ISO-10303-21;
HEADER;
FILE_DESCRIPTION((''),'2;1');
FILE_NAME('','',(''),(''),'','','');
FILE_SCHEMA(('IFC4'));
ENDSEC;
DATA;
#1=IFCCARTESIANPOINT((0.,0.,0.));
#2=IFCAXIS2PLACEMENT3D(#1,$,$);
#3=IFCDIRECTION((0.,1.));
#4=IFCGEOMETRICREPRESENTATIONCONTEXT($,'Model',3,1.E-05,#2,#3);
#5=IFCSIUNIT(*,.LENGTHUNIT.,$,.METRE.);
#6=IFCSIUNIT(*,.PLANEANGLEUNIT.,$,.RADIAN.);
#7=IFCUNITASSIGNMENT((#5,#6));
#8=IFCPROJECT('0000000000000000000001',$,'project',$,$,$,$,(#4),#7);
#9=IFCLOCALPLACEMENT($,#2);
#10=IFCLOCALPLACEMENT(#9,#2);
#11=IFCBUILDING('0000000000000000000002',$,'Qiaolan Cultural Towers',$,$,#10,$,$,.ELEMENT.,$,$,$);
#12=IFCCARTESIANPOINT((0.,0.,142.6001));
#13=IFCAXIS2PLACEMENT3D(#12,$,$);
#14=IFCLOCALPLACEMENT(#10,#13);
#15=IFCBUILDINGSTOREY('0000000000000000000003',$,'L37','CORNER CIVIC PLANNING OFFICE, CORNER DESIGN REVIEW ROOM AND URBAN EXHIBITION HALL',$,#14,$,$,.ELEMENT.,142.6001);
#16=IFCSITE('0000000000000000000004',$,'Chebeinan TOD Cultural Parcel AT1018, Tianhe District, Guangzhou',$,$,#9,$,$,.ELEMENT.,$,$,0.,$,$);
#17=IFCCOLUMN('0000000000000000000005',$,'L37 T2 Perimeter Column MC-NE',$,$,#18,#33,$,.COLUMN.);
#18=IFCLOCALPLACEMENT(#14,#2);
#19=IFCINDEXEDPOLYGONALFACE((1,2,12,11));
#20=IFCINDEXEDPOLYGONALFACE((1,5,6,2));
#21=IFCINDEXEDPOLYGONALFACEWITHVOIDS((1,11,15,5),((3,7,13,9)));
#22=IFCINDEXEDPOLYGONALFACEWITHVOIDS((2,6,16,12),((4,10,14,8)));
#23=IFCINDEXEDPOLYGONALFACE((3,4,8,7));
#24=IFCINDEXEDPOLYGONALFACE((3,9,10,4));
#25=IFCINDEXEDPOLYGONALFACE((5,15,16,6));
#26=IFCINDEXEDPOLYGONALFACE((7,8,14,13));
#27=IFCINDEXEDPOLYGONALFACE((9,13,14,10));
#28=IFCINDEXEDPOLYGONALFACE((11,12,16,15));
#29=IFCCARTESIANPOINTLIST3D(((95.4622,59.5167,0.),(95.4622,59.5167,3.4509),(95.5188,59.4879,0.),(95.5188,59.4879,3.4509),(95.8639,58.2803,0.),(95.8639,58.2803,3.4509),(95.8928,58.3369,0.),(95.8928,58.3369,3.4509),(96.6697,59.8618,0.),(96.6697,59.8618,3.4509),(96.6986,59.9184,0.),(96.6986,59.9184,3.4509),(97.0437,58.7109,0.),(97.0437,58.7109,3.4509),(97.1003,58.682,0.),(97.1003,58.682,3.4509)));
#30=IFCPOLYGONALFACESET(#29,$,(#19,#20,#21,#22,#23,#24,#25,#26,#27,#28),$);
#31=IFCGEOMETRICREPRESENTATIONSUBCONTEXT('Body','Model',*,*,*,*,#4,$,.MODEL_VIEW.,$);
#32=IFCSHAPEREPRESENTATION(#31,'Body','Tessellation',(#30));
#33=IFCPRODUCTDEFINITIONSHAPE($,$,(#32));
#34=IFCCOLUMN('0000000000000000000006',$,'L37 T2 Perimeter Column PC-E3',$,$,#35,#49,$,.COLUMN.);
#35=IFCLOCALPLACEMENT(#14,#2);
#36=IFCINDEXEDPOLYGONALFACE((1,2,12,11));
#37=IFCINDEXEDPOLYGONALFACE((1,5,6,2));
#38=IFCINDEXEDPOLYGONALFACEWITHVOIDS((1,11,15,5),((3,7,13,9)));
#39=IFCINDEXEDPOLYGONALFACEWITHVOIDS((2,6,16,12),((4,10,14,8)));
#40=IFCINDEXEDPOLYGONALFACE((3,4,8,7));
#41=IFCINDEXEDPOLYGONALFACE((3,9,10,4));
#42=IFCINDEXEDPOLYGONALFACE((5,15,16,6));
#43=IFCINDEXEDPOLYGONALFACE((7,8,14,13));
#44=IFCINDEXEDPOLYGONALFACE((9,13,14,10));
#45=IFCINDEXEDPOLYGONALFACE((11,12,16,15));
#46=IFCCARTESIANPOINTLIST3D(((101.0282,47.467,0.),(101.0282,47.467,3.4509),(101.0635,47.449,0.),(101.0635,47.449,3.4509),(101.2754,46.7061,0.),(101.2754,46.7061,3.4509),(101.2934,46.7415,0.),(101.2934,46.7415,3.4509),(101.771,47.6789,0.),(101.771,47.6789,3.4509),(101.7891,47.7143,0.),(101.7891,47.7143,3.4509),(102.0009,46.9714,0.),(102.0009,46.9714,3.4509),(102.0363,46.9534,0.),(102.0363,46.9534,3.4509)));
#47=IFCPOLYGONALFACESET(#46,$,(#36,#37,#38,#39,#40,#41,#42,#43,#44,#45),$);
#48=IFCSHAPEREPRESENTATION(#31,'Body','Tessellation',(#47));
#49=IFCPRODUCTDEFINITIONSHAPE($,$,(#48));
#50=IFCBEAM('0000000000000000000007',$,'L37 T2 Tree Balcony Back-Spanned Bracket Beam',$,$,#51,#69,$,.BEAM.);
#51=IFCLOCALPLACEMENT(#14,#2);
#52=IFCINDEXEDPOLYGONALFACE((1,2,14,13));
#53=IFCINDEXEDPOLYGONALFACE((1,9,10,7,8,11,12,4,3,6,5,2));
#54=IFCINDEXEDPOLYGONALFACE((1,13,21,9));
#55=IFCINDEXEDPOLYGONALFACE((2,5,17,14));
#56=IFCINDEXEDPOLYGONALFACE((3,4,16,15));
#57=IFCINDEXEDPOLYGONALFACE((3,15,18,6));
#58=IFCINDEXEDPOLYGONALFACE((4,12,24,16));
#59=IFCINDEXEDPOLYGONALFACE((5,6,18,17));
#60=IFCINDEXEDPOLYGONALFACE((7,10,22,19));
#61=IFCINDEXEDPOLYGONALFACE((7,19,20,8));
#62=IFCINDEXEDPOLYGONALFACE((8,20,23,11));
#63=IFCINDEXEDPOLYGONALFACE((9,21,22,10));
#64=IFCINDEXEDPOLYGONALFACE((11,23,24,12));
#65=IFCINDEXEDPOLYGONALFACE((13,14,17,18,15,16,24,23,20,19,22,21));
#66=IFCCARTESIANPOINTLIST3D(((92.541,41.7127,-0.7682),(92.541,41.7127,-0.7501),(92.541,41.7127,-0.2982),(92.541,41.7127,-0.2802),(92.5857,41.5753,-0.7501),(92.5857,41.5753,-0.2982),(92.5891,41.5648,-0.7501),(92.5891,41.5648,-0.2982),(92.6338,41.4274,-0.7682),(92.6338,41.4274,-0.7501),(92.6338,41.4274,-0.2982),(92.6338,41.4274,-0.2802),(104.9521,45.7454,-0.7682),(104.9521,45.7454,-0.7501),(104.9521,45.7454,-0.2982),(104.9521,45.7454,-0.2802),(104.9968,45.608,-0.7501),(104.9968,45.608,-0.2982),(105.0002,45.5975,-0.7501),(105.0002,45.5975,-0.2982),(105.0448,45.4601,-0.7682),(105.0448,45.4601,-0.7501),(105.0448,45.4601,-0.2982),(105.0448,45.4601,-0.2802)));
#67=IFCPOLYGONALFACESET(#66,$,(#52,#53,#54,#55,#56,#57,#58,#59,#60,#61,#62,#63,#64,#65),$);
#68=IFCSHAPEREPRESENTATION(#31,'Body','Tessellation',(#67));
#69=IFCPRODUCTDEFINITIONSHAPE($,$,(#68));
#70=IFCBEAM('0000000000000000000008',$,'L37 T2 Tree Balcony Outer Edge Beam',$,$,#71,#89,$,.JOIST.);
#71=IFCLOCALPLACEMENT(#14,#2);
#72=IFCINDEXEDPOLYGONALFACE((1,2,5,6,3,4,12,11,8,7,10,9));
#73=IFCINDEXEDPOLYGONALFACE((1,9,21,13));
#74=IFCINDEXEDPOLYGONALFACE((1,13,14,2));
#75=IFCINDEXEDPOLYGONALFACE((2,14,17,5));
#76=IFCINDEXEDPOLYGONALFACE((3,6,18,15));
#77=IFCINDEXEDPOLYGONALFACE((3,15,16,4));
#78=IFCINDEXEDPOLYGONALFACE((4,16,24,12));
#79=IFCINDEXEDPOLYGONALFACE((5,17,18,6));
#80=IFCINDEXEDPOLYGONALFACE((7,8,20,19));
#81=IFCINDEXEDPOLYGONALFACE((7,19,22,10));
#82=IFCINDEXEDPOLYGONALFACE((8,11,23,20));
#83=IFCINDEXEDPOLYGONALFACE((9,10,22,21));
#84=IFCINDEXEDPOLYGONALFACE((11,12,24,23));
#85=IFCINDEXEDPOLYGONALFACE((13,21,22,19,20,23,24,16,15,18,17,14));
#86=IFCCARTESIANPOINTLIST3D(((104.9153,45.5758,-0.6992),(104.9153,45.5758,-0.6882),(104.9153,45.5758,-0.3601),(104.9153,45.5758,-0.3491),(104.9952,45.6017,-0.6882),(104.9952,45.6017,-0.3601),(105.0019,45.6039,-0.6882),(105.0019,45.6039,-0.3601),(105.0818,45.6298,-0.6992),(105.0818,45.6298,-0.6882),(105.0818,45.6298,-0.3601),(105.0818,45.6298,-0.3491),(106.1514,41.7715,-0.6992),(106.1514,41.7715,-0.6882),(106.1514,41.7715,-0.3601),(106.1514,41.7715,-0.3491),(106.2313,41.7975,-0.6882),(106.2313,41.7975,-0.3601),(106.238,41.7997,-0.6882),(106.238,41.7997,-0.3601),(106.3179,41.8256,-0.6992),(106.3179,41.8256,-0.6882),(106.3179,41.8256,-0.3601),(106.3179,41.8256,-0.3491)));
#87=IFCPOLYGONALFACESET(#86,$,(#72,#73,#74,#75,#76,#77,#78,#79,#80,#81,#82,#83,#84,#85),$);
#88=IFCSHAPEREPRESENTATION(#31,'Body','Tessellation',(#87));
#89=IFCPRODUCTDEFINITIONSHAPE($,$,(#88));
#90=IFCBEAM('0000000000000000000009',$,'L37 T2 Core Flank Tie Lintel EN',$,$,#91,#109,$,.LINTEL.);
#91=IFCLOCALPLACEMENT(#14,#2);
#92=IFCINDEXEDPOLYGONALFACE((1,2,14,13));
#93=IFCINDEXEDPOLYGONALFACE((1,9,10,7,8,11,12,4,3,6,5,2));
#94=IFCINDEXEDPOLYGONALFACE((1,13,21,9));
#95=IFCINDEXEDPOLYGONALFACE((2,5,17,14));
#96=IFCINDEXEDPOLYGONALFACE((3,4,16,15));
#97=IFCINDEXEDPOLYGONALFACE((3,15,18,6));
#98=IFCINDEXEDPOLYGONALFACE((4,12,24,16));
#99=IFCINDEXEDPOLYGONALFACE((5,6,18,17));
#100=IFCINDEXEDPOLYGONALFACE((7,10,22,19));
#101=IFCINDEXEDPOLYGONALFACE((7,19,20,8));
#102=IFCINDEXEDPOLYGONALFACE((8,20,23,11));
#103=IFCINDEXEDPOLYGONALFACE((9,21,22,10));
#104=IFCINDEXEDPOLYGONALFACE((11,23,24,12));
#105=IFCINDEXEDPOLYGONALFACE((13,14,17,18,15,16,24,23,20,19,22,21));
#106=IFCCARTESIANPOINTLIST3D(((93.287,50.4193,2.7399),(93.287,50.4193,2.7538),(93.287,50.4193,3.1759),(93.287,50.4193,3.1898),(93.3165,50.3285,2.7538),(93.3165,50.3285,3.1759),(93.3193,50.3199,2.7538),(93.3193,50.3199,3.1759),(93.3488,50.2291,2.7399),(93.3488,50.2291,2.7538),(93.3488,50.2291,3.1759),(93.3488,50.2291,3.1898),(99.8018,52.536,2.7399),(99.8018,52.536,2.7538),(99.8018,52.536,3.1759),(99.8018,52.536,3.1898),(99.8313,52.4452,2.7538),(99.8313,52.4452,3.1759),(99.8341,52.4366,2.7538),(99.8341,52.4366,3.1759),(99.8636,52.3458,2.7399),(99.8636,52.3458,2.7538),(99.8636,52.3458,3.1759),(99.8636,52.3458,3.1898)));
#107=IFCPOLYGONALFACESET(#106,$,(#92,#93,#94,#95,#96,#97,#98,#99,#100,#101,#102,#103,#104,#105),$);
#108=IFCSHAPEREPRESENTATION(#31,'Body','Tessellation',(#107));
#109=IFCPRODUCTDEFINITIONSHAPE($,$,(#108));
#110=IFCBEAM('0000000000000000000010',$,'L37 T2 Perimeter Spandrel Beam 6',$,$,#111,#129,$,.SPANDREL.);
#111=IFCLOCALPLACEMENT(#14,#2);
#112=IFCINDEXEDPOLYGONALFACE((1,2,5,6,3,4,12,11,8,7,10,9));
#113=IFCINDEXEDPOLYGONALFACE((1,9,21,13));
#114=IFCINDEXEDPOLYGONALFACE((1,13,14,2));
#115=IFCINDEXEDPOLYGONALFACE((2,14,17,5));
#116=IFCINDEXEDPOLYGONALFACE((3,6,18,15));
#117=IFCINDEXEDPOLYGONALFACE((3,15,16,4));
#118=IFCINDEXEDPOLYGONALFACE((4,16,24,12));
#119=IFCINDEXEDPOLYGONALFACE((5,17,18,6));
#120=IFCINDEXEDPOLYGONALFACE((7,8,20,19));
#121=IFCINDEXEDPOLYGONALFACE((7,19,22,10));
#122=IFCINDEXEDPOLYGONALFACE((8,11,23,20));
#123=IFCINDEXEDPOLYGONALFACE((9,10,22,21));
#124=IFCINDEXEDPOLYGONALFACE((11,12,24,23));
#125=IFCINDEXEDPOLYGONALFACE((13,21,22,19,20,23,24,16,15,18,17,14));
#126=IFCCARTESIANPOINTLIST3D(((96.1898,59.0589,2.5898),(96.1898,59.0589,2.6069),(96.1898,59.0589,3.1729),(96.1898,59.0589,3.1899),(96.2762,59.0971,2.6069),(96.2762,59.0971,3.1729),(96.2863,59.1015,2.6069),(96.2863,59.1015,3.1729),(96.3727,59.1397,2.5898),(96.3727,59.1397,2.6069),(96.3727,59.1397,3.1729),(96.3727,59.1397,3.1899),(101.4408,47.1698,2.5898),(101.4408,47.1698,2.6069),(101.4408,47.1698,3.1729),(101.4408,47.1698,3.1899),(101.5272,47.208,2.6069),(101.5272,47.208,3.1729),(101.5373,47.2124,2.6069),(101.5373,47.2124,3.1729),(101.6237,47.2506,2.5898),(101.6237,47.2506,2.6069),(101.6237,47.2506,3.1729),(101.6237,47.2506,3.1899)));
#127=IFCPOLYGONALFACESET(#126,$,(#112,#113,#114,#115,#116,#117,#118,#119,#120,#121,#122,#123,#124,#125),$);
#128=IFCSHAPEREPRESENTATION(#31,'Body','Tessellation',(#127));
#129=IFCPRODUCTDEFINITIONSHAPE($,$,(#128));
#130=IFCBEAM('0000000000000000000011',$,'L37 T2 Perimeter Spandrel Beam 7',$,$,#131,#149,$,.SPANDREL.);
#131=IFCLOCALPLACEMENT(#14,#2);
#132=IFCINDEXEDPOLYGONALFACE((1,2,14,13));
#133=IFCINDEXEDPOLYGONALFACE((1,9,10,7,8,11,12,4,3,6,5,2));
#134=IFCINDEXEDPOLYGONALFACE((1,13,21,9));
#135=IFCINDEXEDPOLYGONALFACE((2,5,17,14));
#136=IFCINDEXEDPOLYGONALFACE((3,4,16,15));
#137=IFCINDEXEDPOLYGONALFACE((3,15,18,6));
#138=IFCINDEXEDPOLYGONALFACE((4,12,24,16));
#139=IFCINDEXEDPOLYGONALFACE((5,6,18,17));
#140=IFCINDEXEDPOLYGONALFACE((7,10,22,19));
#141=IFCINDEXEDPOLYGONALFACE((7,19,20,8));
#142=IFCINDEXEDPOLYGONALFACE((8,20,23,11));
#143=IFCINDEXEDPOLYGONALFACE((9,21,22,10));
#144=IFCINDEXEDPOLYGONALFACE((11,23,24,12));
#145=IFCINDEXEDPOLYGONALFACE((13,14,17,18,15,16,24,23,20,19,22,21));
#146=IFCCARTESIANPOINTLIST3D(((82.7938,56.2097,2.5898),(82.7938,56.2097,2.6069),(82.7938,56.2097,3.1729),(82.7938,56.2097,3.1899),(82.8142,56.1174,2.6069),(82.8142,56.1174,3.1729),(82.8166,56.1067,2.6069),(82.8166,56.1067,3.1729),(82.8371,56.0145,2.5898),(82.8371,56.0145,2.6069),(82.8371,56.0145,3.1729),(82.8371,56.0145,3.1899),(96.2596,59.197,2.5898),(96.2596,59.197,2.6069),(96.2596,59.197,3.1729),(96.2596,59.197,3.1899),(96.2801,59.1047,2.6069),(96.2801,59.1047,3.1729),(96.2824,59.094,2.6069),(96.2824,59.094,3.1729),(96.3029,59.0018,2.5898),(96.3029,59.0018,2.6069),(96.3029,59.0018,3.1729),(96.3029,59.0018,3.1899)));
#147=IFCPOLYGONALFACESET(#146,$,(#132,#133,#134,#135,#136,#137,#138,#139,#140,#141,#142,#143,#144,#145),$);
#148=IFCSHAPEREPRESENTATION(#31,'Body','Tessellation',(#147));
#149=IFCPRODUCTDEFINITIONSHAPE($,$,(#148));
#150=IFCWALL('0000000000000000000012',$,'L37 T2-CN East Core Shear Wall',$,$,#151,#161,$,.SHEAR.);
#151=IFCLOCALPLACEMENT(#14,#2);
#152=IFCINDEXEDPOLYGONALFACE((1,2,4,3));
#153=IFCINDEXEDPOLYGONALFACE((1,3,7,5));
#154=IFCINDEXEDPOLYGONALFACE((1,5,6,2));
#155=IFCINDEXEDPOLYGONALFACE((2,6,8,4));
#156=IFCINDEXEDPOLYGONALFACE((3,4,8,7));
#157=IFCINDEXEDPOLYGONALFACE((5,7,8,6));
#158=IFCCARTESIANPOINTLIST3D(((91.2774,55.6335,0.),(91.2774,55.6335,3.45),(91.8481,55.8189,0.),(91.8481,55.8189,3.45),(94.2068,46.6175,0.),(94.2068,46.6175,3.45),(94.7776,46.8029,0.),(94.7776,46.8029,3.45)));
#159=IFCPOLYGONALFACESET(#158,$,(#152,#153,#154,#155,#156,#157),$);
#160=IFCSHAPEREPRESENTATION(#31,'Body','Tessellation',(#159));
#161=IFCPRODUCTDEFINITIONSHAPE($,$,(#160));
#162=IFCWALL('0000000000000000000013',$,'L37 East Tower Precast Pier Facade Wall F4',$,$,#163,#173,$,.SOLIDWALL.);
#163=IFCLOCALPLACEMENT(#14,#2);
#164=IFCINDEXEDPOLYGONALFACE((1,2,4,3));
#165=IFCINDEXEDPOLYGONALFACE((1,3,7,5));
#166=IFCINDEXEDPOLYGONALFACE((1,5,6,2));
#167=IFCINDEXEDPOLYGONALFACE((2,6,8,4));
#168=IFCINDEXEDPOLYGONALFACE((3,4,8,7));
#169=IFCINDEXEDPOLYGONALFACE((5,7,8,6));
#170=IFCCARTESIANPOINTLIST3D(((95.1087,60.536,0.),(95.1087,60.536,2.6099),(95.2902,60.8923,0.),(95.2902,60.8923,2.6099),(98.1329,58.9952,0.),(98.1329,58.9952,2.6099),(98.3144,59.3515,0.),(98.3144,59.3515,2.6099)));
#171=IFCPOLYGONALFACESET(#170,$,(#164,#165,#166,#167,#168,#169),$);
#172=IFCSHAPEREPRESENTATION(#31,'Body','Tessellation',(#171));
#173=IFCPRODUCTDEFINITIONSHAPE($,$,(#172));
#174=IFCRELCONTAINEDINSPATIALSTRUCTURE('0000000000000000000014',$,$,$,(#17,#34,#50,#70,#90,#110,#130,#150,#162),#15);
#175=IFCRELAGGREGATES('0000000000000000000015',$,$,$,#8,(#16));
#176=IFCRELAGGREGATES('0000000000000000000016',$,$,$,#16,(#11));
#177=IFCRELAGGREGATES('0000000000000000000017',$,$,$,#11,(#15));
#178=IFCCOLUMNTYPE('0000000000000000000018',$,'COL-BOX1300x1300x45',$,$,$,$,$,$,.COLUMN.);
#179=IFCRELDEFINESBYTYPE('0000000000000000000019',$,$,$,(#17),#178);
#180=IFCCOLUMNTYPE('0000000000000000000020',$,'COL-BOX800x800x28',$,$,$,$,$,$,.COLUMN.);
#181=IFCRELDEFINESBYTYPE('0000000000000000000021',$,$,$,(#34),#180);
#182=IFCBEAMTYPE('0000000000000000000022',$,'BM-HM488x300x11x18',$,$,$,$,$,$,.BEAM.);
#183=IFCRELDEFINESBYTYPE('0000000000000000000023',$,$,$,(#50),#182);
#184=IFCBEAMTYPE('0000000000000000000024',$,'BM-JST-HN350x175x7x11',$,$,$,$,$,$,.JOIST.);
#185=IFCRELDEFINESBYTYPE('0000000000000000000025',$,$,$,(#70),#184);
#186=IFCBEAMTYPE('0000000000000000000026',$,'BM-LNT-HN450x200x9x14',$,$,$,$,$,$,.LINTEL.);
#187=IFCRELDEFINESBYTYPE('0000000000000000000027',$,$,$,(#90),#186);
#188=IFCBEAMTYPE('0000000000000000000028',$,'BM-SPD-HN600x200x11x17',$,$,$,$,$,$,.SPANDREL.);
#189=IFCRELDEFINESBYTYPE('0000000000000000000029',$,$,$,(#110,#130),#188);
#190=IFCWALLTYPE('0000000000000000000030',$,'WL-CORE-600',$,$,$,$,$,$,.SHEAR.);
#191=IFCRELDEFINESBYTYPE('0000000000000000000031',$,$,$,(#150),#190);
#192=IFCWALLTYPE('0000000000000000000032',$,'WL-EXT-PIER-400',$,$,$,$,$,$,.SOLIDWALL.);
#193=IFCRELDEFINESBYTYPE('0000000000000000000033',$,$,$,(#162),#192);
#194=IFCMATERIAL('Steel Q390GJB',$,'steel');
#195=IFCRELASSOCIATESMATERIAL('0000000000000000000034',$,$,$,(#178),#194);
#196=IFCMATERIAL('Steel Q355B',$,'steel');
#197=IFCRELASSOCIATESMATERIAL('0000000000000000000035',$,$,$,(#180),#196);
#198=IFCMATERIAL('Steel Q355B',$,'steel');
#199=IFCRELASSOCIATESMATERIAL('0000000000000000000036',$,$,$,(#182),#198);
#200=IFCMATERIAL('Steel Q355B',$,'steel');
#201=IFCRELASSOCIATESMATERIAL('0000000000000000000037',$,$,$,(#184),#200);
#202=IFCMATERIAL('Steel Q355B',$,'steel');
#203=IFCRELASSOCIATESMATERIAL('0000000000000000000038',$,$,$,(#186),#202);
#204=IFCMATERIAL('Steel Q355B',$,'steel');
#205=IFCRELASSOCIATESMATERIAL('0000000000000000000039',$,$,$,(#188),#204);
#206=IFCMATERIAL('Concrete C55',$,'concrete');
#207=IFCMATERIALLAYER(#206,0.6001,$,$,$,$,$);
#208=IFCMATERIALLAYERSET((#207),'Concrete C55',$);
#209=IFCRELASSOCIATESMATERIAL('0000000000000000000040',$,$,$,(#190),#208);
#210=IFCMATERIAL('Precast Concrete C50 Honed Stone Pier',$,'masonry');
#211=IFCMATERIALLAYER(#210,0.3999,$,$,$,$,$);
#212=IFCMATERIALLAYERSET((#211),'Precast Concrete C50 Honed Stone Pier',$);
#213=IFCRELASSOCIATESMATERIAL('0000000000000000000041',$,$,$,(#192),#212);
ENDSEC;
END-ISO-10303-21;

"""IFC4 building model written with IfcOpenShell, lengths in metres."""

from ifc_helpers import new_model, si_unit, direction, frame, frame_2d, origin, origin_2d, place, context, subcontext, project, spatial, rectangle, hollow_rectangle, i_section, extrude, material, layer, layer_set, material_profile, profile_set, type_object, element, save


model = new_model("IFC4")

# Units and contexts
model_context = context("Model", 3, precision=1e-05, world=origin(), true_north=direction((0.0, 1.0)))
body_context = subcontext(model_context, "Body", "Model", "MODEL_VIEW")
ifc_project = project(units=[si_unit("LENGTHUNIT", "METRE"), si_unit("PLANEANGLEUNIT", "RADIAN")], contexts=[model_context])

# Site, building, storey
site_placement = place(None, origin())
site = spatial("IfcSite", under=ifc_project, at=site_placement, Name="Chebeinan TOD Cultural Parcel AT1018, Tianhe District, Guangzhou", CompositionType="ELEMENT", RefElevation=0.0)
building_placement = place(site_placement, origin())
building = spatial("IfcBuilding", under=site, at=building_placement, Name="Qiaolan Cultural Towers", CompositionType="ELEMENT")
storey_placement = place(building_placement, frame((0.0, 0.0, 142.6001)))
storey = spatial("IfcBuildingStorey", under=building, at=storey_placement, Name="L37", Description="CORNER CIVIC PLANNING OFFICE, CORNER DESIGN REVIEW ROOM AND URBAN EXHIBITION HALL", CompositionType="ELEMENT", Elevation=142.6001)

# Columns
ifc_material_1 = material(Name="Steel Q390GJB", Category="steel")
ifc_material_profile_1 = material_profile(ifc_material_1, hollow_rectangle(XDim=1.3, YDim=1.3, WallThickness=0.0449, at=origin_2d()), Name="BOX1300x1300x45")
ifc_profile_set_1 = profile_set([ifc_material_profile_1], Name="Steel Q390GJB")
column_type_1 = type_object("IfcColumnType", Name="COL-BOX1300x1300x45", PredefinedType="COLUMN", material=ifc_profile_set_1)
column_1_placement = place(storey_placement, frame((96.2812, 59.0994, 0.0), z_axis=(0.0, 0.0, 1.0), x_axis=(0.951057, 0.309017, 0.0)))
element("IfcColumn", 1, at=column_1_placement, inside=storey, type_object=column_type_1, Name="L37 T2 Perimeter Column MC-NE", PredefinedType="COLUMN", context=body_context, shape_type="SweptSolid", body=[
    extrude(hollow_rectangle(XDim=1.3, YDim=1.3, WallThickness=0.0449, at=origin_2d()), origin(), (0.0, 0.0, 1.0), 3.4509),
])
ifc_material_2 = material(Name="Steel Q355B", Category="steel")
ifc_material_profile_2 = material_profile(ifc_material_2, hollow_rectangle(XDim=0.8, YDim=0.8, WallThickness=0.0281, at=origin_2d()), Name="BOX800x800x28")
ifc_profile_set_2 = profile_set([ifc_material_profile_2], Name="Steel Q355B")
column_type_2 = type_object("IfcColumnType", Name="COL-BOX800x800x28", PredefinedType="COLUMN", material=ifc_profile_set_2)
column_2_placement = place(storey_placement, frame((101.5322, 47.2102, 0.0), z_axis=(0.0, 0.0, 1.0), x_axis=(0.951057, 0.309017, 0.0)))
element("IfcColumn", 2, at=column_2_placement, inside=storey, type_object=column_type_2, Name="L37 T2 Perimeter Column PC-E3", PredefinedType="COLUMN", context=body_context, shape_type="SweptSolid", body=[
    extrude(hollow_rectangle(XDim=0.8, YDim=0.8, WallThickness=0.0281, at=origin_2d()), origin(), (0.0, 0.0, 1.0), 3.4509),
])

# Beams
ifc_material_3 = material(Name="Steel Q355B", Category="steel")
ifc_material_profile_3 = material_profile(ifc_material_3, i_section(OverallWidth=0.3, OverallDepth=0.488, WebThickness=0.011, FlangeThickness=0.0181, at=origin_2d()), Name="HM488x300x11x18")
ifc_profile_set_3 = profile_set([ifc_material_profile_3], Name="Steel Q355B")
beam_type_1 = type_object("IfcBeamType", Name="BM-HM488x300x11x18", PredefinedType="BEAM", material=ifc_profile_set_3)
beam_1_placement = place(storey_placement, frame((92.5874, 41.5701, -0.5242), z_axis=(0.951054, 0.309023, 0.0), x_axis=(-0.309023, 0.951054, 0.0)))
element("IfcBeam", 3, at=beam_1_placement, inside=storey, type_object=beam_type_1, Name="L37 T2 Tree Balcony Back-Spanned Bracket Beam", PredefinedType="BEAM", context=body_context, shape_type="SweptSolid", body=[
    extrude(i_section(OverallWidth=0.3, OverallDepth=0.488, WebThickness=0.011, FlangeThickness=0.0181, at=origin_2d()), origin(), (0.0, 0.0, 1.0), 13.0498),
])
ifc_material_4 = material(Name="Steel Q355B", Category="steel")
ifc_material_profile_4 = material_profile(ifc_material_4, i_section(OverallWidth=0.175, OverallDepth=0.3501, WebThickness=0.0071, FlangeThickness=0.011, at=origin_2d()), Name="HN350x175x7x11")
ifc_profile_set_4 = profile_set([ifc_material_profile_4], Name="Steel Q355B")
beam_type_2 = type_object("IfcBeamType", Name="BM-JST-HN350x175x7x11", PredefinedType="JOIST", material=ifc_profile_set_4)
beam_2_placement = place(storey_placement, frame((106.2346, 41.7986, -0.5242), z_axis=(-0.309023, 0.951055, 0.0), x_axis=(-0.951055, -0.309023, 0.0)))
element("IfcBeam", 4, at=beam_2_placement, inside=storey, type_object=beam_type_2, Name="L37 T2 Tree Balcony Outer Edge Beam", PredefinedType="JOIST", context=body_context, shape_type="SweptSolid", body=[
    extrude(i_section(OverallWidth=0.175, OverallDepth=0.3501, WebThickness=0.0071, FlangeThickness=0.011, at=origin_2d()), origin(), (0.0, 0.0, 1.0), 4.0),
])
ifc_material_5 = material(Name="Steel Q355B", Category="steel")
ifc_material_profile_5 = material_profile(ifc_material_5, i_section(OverallWidth=0.2, OverallDepth=0.45, WebThickness=0.009, FlangeThickness=0.0139, at=origin_2d()), Name="HN450x200x9x14")
ifc_profile_set_5 = profile_set([ifc_material_profile_5], Name="Steel Q355B")
beam_type_3 = type_object("IfcBeamType", Name="BM-LNT-HN450x200x9x14", PredefinedType="LINTEL", material=ifc_profile_set_5)
beam_3_placement = place(storey_placement, frame((93.3179, 50.3242, 2.9648), z_axis=(0.951062, 0.309001, 0.0), x_axis=(-0.309001, 0.951062, 0.0)))
element("IfcBeam", 5, at=beam_3_placement, inside=storey, type_object=beam_type_3, Name="L37 T2 Core Flank Tie Lintel EN", PredefinedType="LINTEL", context=body_context, shape_type="SweptSolid", body=[
    extrude(i_section(OverallWidth=0.2, OverallDepth=0.45, WebThickness=0.009, FlangeThickness=0.0139, at=origin_2d()), origin(), (0.0, 0.0, 1.0), 6.8501),
])
ifc_material_6 = material(Name="Steel Q355B", Category="steel")
ifc_material_profile_6 = material_profile(ifc_material_6, i_section(OverallWidth=0.2, OverallDepth=0.6001, WebThickness=0.011, FlangeThickness=0.0171, at=origin_2d()), Name="HN600x200x11x17")
ifc_profile_set_6 = profile_set([ifc_material_profile_6], Name="Steel Q355B")
beam_type_4 = type_object("IfcBeamType", Name="BM-SPD-HN600x200x11x17", PredefinedType="SPANDREL", material=ifc_profile_set_6)
beam_4_placement = place(storey_placement, frame((101.5322, 47.2102, 2.8899), z_axis=(-0.404011, 0.914754, 0.0), x_axis=(-0.914754, -0.404011, 0.0)))
element("IfcBeam", 6, at=beam_4_placement, inside=storey, type_object=beam_type_4, Name="L37 T2 Perimeter Spandrel Beam 6", PredefinedType="SPANDREL", context=body_context, shape_type="SweptSolid", body=[
    extrude(i_section(OverallWidth=0.2, OverallDepth=0.6001, WebThickness=0.011, FlangeThickness=0.0171, at=origin_2d()), origin(), (0.0, 0.0, 1.0), 12.9971),
])
beam_5_placement = place(storey_placement, frame((96.2812, 59.0994, 2.8899), z_axis=(-0.976265, -0.216578, 0.0), x_axis=(0.216578, -0.976265, 0.0)))
element("IfcBeam", 7, at=beam_5_placement, inside=storey, type_object=beam_type_4, Name="L37 T2 Perimeter Spandrel Beam 7", PredefinedType="SPANDREL", context=body_context, shape_type="SweptSolid", body=[
    extrude(i_section(OverallWidth=0.2, OverallDepth=0.6001, WebThickness=0.011, FlangeThickness=0.0171, at=origin_2d()), origin(), (0.0, 0.0, 1.0), 13.7932),
])

# Walls
ifc_material_7 = material(Name="Concrete C55", Category="concrete")
ifc_layer_1 = layer(ifc_material_7, 0.6001)
ifc_layer_set_1 = layer_set([ifc_layer_1], Name="Concrete C55")
wall_type_1 = type_object("IfcWallType", Name="WL-CORE-600", PredefinedType="SHEAR", material=ifc_layer_set_1)
wall_1_placement = place(storey_placement, frame((94.4922, 46.7102, 0.0), z_axis=(0.0, 0.0, 1.0), x_axis=(-0.30901, 0.951059, 0.0)))
element("IfcWall", 8, at=wall_1_placement, inside=storey, type_object=wall_type_1, Name="L37 T2-CN East Core Shear Wall", PredefinedType="SHEAR", context=body_context, shape_type="SweptSolid", body=[
    extrude(rectangle(XDim=9.48, YDim=0.6001, at=frame_2d((4.74, 0.0))), origin(), (0.0, 0.0, 1.0), 3.45),
])
ifc_material_8 = material(Name="Precast Concrete C50 Honed Stone Pier", Category="masonry")
ifc_layer_2 = layer(ifc_material_8, 0.3999)
ifc_layer_set_2 = layer_set([ifc_layer_2], Name="Precast Concrete C50 Honed Stone Pier")
wall_type_2 = type_object("IfcWallType", Name="WL-EXT-PIER-400", PredefinedType="SOLIDWALL", material=ifc_layer_set_2)
wall_2_placement = place(storey_placement, frame((95.1995, 60.7141, 0.0), z_axis=(0.0, 0.0, 1.0), x_axis=(0.891021, -0.453962, 0.0)))
element("IfcWall", 9, at=wall_2_placement, inside=storey, type_object=wall_type_2, Name="L37 East Tower Precast Pier Facade Wall F4", PredefinedType="SOLIDWALL", context=body_context, shape_type="SweptSolid", body=[
    extrude(rectangle(XDim=3.394, YDim=0.3999, at=frame_2d((1.697, 0.0))), origin(), (0.0, 0.0, 1.0), 2.6099),
])

save(model, "model.ifc")
